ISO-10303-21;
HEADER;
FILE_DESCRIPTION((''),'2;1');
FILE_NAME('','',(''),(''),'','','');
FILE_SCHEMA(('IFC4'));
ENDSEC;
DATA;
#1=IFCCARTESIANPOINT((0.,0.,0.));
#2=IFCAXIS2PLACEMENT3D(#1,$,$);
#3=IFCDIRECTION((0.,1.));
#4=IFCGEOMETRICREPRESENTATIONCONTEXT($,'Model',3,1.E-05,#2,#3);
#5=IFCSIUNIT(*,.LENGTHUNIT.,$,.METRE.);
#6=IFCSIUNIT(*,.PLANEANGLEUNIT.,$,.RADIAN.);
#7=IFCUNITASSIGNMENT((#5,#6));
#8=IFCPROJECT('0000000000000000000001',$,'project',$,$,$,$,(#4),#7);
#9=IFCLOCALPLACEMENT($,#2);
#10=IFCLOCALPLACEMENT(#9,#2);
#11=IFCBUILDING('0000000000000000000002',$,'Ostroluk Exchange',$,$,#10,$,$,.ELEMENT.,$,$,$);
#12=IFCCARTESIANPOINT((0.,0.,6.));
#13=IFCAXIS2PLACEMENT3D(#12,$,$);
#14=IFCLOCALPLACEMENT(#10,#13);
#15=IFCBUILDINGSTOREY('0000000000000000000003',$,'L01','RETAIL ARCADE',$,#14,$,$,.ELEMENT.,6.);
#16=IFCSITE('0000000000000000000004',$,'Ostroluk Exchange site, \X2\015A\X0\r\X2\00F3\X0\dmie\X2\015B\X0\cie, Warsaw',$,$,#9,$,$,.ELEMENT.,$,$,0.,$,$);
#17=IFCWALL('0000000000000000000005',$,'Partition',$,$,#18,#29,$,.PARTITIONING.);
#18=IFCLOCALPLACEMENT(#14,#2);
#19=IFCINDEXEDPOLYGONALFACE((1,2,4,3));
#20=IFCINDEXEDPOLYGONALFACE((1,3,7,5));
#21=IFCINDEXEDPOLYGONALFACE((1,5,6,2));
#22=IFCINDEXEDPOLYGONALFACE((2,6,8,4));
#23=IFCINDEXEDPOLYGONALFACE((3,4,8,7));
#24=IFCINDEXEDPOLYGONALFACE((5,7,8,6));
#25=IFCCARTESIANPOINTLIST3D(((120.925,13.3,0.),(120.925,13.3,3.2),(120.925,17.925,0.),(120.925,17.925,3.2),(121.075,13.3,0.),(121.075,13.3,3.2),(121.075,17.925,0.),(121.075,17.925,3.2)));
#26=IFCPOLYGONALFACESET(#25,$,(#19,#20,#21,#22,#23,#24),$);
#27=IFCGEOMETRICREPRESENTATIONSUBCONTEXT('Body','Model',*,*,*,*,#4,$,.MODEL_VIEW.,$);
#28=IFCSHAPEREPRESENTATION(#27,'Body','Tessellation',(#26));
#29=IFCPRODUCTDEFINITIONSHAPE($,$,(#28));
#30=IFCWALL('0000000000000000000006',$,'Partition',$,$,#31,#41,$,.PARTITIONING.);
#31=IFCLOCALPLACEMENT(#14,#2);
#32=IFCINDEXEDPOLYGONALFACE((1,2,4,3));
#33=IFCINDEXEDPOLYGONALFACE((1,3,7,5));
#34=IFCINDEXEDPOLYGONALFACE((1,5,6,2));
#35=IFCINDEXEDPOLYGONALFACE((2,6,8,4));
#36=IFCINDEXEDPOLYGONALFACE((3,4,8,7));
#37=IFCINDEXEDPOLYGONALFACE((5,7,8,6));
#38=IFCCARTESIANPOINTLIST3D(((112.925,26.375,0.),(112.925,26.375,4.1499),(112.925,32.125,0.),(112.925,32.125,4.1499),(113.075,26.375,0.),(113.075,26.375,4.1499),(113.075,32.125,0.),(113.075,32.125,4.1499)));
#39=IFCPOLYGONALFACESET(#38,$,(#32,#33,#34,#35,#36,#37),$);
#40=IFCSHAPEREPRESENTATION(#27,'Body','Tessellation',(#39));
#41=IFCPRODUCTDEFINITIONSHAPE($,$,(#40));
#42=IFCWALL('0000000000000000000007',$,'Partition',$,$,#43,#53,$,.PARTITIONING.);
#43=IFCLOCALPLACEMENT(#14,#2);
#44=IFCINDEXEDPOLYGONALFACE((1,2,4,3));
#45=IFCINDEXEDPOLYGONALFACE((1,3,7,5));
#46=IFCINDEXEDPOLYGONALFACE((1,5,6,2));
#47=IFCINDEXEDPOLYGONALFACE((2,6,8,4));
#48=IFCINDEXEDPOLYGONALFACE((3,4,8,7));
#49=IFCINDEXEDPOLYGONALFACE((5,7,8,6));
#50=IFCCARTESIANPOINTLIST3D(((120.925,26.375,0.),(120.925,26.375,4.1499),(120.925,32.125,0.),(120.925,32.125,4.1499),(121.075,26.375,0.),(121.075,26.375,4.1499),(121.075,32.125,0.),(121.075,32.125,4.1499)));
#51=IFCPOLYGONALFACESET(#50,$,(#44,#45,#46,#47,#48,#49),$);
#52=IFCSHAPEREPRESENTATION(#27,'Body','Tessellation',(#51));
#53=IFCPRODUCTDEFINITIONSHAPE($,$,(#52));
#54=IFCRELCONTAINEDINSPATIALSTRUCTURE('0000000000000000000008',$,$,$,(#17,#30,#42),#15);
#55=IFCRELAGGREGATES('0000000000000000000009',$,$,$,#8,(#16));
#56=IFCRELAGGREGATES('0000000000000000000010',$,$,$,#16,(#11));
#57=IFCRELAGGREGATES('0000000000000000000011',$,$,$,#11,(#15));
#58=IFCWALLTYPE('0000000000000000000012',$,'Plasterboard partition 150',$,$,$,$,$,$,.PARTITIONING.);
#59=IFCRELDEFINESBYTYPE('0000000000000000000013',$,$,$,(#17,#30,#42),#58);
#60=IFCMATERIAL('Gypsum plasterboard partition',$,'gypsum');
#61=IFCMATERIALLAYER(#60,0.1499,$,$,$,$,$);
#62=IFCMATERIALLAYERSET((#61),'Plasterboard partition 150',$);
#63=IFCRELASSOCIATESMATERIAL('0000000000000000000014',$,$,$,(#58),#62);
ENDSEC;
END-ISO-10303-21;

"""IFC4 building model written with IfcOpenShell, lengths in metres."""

from ifc_helpers import new_model, si_unit, direction, frame, frame_2d, origin, place, context, subcontext, project, spatial, rectangle, extrude, material, layer, layer_set, type_object, element, save


model = new_model("IFC4")

# Units and contexts
model_context = context("Model", 3, precision=1e-05, world=origin(), true_north=direction((0.0, 1.0)))
body_context = subcontext(model_context, "Body", "Model", "MODEL_VIEW")
ifc_project = project(units=[si_unit("LENGTHUNIT", "METRE"), si_unit("PLANEANGLEUNIT", "RADIAN")], contexts=[model_context])

# Site, building, storey
site_placement = place(None, origin())
site = spatial("IfcSite", under=ifc_project, at=site_placement, Name="Ostroluk Exchange site, Śródmieście, Warsaw", CompositionType="ELEMENT", RefElevation=0.0)
building_placement = place(site_placement, origin())
building = spatial("IfcBuilding", under=site, at=building_placement, Name="Ostroluk Exchange", CompositionType="ELEMENT")
storey_placement = place(building_placement, frame((0.0, 0.0, 6.0)))
storey = spatial("IfcBuildingStorey", under=building, at=storey_placement, Name="L01", Description="RETAIL ARCADE", CompositionType="ELEMENT", Elevation=6.0)

# Walls
ifc_material_1 = material(Name="Gypsum plasterboard partition", Category="gypsum")
ifc_layer_1 = layer(ifc_material_1, 0.1499)
ifc_layer_set_1 = layer_set([ifc_layer_1], Name="Plasterboard partition 150")
wall_type_1 = type_object("IfcWallType", Name="Plasterboard partition 150", PredefinedType="PARTITIONING", material=ifc_layer_set_1)
wall_placement = place(storey_placement, frame((121.0, 17.925, 0.0), z_axis=(0.0, 0.0, 1.0), x_axis=(0.0, -1.0, 0.0)))
element("IfcWall", 1, at=wall_placement, inside=storey, type_object=wall_type_1, Name="Partition", PredefinedType="PARTITIONING", context=body_context, shape_type="SweptSolid", body=[
    extrude(rectangle(XDim=4.625, YDim=0.1499, at=frame_2d((2.3125, 0.0))), origin(), (0.0, 0.0, 1.0), 3.2),
])
for number, where, z_axis, x_axis, name in (
    (2, (113.0, 26.375, 0.0), (0.0, 0.0, 1.0), (0.0, 1.0, 0.0), "Partition"),
    (3, (121.0, 26.375, 0.0), (0.0, 0.0, 1.0), (0.0, 1.0, 0.0), "Partition"),
):
    element("IfcWall", number, at=place(storey_placement, frame(where, z_axis=z_axis, x_axis=x_axis)), inside=storey, type_object=wall_type_1, Name=name, PredefinedType="PARTITIONING", context=body_context, shape_type="SweptSolid", body=[
        extrude(rectangle(XDim=5.75, YDim=0.1499, at=frame_2d((2.875, 0.0))), origin(), (0.0, 0.0, 1.0), 4.1499),
    ])

save(model, "model.ifc")
